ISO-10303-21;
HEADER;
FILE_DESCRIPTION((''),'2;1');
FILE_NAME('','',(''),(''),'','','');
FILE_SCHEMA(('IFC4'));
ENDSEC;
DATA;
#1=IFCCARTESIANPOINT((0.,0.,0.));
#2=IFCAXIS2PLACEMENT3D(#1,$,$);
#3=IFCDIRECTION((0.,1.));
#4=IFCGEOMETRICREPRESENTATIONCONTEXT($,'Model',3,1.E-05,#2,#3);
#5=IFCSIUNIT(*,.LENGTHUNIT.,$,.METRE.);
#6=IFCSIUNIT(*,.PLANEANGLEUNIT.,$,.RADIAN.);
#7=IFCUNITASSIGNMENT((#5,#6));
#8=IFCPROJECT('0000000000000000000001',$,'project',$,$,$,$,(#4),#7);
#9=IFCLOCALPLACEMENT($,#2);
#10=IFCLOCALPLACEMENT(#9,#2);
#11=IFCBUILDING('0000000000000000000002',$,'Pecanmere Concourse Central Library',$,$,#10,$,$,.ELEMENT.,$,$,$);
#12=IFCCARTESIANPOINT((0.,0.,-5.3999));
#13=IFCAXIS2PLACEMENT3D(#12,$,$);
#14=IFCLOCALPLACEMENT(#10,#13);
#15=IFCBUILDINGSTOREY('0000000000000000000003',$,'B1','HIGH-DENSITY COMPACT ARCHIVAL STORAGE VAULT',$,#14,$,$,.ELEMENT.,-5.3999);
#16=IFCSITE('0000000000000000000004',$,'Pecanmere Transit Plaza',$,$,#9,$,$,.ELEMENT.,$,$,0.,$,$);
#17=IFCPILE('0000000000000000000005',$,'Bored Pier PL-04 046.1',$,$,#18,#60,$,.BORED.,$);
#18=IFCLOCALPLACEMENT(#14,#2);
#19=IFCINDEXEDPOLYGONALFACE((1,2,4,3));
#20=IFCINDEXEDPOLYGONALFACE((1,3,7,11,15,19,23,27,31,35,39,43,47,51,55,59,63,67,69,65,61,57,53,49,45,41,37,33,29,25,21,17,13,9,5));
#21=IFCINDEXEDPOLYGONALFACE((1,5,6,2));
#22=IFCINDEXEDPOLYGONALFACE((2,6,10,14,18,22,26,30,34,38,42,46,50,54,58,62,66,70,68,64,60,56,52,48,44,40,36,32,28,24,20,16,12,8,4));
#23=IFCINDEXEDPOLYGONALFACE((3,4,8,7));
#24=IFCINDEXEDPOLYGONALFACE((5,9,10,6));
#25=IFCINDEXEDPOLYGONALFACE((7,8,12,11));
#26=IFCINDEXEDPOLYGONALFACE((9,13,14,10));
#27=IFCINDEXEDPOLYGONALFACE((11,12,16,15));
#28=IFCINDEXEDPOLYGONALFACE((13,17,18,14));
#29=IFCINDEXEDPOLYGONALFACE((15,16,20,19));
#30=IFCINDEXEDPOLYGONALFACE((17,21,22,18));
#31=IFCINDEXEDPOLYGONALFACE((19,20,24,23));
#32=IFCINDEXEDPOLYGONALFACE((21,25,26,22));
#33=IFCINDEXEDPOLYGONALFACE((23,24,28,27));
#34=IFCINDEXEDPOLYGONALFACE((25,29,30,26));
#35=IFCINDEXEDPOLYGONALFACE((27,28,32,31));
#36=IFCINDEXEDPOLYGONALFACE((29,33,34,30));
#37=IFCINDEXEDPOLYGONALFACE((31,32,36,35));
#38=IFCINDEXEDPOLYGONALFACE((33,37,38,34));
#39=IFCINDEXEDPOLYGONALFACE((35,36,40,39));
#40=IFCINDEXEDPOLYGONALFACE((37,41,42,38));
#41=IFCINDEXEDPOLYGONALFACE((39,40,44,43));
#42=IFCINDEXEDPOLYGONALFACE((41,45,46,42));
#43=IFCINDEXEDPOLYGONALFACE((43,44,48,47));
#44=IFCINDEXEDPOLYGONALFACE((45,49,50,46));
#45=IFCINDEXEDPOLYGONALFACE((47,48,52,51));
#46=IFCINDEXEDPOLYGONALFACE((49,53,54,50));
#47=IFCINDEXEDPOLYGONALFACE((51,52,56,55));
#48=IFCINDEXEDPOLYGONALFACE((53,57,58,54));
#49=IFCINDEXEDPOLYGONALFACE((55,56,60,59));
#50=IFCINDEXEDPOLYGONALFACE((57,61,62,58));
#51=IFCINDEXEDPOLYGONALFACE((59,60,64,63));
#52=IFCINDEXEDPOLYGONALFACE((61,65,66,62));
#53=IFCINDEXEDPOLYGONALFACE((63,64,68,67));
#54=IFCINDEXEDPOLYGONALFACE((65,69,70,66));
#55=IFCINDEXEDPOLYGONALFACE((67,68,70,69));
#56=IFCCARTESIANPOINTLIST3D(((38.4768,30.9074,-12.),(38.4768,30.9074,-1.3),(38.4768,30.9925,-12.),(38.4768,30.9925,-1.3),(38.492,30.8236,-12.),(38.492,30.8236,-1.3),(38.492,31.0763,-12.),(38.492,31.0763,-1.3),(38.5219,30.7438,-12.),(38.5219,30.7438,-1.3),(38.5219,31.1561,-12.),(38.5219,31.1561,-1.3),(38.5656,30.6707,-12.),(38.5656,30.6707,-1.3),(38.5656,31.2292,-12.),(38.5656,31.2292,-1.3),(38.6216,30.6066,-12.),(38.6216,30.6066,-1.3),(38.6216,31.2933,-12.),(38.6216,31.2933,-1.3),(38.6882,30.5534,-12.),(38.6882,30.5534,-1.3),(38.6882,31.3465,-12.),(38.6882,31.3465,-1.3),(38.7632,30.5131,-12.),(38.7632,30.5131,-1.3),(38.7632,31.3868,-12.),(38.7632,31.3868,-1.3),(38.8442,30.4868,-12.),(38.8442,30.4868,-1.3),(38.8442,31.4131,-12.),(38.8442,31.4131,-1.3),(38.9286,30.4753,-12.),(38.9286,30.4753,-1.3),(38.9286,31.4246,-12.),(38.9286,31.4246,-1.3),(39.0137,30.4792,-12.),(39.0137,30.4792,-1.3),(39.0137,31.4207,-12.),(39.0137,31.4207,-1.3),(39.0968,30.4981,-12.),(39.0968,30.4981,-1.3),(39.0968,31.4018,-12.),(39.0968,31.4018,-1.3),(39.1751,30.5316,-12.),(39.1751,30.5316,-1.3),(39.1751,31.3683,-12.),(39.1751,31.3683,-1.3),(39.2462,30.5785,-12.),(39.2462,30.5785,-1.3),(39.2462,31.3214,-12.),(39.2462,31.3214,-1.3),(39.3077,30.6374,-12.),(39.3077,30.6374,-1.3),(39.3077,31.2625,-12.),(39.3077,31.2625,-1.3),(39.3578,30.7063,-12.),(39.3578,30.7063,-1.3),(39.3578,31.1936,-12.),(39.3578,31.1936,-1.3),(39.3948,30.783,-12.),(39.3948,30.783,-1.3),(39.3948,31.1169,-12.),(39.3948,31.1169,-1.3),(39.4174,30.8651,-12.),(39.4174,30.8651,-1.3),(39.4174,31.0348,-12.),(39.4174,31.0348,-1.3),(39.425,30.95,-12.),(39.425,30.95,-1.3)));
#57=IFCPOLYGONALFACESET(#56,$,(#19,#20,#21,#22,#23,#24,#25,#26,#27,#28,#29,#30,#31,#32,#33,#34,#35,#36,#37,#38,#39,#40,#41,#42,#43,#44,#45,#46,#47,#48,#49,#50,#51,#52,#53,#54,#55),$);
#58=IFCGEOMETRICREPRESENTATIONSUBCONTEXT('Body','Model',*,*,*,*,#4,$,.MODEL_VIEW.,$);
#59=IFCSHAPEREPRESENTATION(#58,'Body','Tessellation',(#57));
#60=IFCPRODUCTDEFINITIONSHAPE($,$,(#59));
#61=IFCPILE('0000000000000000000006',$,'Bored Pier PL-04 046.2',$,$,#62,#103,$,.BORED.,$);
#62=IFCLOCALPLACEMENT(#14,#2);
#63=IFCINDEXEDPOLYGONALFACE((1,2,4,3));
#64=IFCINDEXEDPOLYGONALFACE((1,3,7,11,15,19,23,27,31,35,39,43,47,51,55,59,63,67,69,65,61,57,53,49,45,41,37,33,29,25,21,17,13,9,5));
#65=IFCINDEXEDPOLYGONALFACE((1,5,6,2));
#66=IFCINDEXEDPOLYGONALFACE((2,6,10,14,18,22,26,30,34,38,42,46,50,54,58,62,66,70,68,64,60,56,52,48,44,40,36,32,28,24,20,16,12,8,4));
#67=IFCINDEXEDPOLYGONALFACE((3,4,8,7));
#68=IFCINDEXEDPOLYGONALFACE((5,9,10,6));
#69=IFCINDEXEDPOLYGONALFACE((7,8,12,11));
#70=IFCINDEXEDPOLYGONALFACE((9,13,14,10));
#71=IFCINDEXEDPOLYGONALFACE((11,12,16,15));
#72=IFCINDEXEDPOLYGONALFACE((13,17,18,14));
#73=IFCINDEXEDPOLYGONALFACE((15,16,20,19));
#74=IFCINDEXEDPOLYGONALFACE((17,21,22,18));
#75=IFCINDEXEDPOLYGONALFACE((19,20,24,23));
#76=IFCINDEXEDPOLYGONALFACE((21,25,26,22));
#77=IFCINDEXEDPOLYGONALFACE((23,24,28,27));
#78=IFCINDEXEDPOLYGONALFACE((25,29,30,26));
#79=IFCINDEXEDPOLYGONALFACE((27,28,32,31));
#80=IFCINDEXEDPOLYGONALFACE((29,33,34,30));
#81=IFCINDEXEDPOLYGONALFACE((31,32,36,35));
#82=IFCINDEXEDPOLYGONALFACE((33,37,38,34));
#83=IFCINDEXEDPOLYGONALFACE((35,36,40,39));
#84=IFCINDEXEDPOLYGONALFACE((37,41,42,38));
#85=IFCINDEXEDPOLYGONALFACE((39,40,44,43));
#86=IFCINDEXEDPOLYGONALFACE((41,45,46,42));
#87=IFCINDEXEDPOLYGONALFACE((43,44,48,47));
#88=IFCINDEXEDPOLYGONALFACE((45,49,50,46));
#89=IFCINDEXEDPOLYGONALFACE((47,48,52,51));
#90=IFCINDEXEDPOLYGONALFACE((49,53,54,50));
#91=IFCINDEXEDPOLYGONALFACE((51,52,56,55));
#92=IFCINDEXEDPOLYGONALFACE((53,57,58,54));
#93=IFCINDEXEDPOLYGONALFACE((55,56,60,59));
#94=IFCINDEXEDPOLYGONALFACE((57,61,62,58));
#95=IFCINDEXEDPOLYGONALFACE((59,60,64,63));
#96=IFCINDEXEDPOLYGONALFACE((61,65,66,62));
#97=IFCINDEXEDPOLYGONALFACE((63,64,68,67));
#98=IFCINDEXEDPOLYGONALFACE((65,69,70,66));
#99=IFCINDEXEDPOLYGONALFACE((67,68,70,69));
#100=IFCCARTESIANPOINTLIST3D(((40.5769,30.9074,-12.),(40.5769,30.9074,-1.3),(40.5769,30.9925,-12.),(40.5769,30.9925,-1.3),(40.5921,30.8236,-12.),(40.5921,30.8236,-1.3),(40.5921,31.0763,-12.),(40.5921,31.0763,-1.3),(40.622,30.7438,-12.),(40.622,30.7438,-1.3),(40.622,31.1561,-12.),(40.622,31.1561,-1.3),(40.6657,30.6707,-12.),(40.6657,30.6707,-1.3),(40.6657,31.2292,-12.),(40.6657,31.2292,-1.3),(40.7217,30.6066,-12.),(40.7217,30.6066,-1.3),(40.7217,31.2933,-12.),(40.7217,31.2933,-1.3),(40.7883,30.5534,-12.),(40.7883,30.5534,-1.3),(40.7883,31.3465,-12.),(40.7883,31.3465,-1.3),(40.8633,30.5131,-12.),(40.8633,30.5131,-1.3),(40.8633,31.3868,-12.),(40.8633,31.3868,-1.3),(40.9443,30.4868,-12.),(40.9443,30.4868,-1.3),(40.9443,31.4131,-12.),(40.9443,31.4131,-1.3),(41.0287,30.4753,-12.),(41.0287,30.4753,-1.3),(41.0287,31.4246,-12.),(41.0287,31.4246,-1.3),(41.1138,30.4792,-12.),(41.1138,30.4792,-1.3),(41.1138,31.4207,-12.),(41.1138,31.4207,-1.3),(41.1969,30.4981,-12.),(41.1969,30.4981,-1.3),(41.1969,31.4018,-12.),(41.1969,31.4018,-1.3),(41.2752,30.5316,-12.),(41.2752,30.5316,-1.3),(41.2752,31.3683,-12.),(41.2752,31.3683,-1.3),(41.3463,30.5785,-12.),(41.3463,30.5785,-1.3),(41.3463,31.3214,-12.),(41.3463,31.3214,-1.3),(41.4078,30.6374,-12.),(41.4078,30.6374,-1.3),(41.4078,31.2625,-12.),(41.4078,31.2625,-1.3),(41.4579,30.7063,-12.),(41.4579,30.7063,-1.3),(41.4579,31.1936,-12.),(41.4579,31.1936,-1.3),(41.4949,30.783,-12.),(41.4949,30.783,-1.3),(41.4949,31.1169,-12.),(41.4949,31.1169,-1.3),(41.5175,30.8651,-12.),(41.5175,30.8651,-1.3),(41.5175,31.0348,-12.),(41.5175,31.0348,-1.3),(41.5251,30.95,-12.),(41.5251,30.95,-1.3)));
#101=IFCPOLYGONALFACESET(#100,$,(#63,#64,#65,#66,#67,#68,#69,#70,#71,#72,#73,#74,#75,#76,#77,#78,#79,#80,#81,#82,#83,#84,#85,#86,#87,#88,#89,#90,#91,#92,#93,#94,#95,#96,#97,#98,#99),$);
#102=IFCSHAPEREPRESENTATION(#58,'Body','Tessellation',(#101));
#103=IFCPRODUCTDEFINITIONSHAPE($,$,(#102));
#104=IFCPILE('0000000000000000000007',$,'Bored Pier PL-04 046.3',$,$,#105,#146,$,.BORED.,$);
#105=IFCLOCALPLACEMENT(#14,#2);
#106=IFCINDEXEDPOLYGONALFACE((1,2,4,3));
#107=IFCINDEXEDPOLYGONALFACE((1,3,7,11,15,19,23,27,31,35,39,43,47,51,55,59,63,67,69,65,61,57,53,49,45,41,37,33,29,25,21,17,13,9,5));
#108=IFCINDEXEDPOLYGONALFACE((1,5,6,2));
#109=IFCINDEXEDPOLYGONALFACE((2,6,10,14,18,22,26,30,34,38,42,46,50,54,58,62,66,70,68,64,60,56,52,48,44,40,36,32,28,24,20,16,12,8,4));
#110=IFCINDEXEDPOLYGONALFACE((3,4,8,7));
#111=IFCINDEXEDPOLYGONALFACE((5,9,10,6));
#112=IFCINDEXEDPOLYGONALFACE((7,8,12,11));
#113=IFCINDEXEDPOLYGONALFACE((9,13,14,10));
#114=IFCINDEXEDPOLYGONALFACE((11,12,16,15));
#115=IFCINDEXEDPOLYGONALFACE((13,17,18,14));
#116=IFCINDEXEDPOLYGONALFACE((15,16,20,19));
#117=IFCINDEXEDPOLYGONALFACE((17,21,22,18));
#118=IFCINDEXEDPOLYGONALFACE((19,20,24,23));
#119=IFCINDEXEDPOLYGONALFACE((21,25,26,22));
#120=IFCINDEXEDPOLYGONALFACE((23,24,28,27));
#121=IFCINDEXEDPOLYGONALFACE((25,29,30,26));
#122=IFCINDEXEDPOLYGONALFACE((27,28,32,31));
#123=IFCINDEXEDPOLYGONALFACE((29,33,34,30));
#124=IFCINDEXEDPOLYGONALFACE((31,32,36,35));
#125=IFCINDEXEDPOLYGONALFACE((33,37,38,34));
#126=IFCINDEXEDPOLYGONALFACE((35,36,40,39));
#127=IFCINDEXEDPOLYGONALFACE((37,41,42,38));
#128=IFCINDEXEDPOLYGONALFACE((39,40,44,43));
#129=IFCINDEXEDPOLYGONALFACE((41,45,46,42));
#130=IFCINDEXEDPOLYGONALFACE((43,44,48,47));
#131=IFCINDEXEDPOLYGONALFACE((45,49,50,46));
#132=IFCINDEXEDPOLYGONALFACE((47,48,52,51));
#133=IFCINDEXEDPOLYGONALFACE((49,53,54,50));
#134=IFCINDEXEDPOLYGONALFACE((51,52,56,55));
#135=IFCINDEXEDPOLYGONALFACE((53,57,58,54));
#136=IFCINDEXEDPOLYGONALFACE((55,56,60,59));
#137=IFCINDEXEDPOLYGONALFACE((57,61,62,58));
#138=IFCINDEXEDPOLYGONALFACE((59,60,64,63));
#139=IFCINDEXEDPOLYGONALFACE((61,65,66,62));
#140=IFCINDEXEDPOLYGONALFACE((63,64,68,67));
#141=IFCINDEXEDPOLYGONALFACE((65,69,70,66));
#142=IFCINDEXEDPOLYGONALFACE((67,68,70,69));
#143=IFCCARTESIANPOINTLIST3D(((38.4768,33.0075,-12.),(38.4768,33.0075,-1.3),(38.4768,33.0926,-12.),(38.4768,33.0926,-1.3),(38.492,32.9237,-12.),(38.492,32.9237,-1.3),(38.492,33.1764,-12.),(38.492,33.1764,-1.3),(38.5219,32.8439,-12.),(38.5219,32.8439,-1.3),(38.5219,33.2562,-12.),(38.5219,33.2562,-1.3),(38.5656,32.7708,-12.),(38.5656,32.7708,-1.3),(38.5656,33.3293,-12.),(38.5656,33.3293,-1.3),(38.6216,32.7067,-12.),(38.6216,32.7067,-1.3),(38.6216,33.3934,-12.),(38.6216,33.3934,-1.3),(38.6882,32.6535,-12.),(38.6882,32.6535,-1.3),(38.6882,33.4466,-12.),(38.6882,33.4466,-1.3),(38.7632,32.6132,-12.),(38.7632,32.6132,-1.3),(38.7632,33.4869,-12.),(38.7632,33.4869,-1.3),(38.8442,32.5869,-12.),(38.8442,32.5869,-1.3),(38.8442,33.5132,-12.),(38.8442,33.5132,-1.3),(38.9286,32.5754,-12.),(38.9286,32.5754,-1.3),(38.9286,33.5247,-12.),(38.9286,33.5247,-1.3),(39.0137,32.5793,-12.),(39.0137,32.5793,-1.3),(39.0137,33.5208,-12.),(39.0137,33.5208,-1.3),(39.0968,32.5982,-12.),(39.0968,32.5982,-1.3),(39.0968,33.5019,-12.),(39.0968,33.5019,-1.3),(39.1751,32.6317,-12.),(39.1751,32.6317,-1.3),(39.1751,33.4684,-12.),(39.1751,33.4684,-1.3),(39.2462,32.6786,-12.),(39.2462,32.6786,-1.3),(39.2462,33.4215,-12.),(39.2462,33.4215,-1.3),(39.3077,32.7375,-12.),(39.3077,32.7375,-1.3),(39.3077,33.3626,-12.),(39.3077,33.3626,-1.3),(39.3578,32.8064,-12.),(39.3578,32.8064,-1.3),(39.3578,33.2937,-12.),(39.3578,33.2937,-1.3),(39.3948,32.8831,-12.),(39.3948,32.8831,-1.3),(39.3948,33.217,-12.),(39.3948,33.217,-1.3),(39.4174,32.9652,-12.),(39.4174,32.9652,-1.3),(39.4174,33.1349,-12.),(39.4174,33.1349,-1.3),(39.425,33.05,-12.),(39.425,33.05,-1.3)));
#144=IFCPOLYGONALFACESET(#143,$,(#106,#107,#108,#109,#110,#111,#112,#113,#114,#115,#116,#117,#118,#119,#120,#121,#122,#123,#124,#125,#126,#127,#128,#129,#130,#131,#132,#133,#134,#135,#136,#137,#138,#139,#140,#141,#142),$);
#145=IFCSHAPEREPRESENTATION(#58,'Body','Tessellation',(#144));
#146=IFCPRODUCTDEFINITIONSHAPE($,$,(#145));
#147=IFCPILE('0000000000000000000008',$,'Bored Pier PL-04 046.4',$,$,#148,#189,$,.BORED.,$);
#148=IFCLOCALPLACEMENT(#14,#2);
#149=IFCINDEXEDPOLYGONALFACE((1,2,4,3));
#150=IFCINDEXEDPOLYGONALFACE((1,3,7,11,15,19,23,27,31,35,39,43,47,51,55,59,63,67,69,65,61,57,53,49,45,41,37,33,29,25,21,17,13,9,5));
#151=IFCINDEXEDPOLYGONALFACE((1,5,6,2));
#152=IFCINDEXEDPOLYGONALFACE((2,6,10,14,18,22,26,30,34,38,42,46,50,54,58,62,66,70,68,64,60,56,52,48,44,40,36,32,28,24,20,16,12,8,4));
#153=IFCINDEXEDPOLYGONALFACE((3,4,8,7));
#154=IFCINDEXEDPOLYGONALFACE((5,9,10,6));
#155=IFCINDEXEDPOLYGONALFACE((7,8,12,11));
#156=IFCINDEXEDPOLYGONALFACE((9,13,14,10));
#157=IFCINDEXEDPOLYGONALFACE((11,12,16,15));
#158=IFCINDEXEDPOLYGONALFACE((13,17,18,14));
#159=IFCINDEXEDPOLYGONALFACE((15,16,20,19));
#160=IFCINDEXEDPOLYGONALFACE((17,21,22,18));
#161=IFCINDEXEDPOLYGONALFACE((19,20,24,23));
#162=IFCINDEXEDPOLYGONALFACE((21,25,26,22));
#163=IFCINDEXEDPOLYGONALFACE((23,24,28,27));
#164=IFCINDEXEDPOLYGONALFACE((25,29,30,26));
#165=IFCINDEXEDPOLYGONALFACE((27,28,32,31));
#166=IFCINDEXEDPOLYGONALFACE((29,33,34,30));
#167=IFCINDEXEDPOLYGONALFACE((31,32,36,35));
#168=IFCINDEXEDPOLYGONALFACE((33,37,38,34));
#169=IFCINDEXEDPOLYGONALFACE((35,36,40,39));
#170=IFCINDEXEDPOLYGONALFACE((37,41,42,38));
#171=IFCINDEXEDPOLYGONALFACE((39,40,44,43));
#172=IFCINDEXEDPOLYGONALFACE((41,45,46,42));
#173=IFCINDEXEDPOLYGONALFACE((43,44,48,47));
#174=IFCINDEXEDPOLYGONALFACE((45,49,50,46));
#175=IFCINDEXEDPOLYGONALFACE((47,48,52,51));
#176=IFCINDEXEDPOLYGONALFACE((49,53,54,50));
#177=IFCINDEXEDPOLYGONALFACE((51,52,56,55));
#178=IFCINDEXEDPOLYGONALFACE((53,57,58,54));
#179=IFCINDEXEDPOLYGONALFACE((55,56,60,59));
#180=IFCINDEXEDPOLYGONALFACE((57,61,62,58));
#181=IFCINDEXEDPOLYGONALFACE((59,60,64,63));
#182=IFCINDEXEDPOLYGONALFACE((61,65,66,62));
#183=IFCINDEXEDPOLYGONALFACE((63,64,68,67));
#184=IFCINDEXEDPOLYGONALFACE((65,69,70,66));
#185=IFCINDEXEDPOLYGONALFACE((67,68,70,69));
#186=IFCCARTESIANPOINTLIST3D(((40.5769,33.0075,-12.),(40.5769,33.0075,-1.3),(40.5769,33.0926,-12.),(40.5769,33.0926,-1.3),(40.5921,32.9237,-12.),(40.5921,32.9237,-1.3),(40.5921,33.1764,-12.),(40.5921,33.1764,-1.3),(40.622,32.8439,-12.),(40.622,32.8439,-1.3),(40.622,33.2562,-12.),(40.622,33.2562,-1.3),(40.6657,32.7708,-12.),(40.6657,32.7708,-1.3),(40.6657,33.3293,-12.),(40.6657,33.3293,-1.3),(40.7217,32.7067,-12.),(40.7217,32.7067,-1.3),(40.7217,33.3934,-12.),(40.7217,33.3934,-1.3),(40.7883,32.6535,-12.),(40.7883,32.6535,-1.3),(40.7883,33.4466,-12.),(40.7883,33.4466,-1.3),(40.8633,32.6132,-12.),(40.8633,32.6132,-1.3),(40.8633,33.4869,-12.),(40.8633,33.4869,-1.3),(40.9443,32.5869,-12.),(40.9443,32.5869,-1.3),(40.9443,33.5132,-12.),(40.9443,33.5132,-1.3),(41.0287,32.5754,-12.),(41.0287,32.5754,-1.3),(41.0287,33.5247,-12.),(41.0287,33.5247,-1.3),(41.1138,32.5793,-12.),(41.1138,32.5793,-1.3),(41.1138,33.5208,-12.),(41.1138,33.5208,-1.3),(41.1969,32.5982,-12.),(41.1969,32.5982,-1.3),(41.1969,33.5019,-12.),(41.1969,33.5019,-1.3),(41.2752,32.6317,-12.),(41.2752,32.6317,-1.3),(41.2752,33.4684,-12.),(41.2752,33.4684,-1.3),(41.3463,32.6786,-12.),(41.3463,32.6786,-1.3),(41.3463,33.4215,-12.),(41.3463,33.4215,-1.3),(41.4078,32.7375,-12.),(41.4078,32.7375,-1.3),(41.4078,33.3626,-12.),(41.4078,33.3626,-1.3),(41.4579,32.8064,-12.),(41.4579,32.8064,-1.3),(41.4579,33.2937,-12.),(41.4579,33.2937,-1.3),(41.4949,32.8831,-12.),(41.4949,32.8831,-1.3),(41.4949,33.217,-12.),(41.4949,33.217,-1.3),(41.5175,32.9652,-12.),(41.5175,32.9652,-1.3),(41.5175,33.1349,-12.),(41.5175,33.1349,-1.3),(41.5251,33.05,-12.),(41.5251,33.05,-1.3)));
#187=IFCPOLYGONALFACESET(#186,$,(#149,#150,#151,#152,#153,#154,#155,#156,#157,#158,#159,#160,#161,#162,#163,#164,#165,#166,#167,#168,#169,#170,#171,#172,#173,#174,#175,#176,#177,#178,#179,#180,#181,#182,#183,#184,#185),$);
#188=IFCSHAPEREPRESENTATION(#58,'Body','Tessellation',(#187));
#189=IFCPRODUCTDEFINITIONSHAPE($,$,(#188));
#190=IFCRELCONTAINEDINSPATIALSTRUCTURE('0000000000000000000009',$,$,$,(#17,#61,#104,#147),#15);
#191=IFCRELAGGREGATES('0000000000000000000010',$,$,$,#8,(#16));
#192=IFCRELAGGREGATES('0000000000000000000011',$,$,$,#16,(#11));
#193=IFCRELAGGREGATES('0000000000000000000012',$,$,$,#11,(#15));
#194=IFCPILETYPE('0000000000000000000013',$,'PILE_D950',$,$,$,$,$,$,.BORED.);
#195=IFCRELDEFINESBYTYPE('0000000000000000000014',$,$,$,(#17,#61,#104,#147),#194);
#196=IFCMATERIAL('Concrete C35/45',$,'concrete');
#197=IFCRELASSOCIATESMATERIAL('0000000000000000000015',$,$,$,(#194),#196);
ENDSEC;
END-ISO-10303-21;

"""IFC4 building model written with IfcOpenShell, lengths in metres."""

from ifc_helpers import new_model, si_unit, direction, frame, origin, origin_2d, place, context, subcontext, project, spatial, circle, extrude, material, material_profile, profile_set, type_object, element, save


model = new_model("IFC4")

# Units and contexts
model_context = context("Model", 3, precision=1e-05, world=origin(), true_north=direction((0.0, 1.0)))
body_context = subcontext(model_context, "Body", "Model", "MODEL_VIEW")
ifc_project = project(units=[si_unit("LENGTHUNIT", "METRE"), si_unit("PLANEANGLEUNIT", "RADIAN")], contexts=[model_context])

# Site, building, storey
site_placement = place(None, origin())
site = spatial("IfcSite", under=ifc_project, at=site_placement, Name="Pecanmere Transit Plaza", CompositionType="ELEMENT", RefElevation=0.0)
building_placement = place(site_placement, origin())
building = spatial("IfcBuilding", under=site, at=building_placement, Name="Pecanmere Concourse Central Library", CompositionType="ELEMENT")
storey_placement = place(building_placement, frame((0.0, 0.0, -5.3999)))
storey = spatial("IfcBuildingStorey", under=building, at=storey_placement, Name="B1", Description="HIGH-DENSITY COMPACT ARCHIVAL STORAGE VAULT", CompositionType="ELEMENT", Elevation=-5.3999)

# Piles
ifc_material_1 = material(Name="Concrete C35/45", Category="concrete")
ifc_material_profile_1 = material_profile(ifc_material_1, circle(Radius=0.4751, at=origin_2d()), Name="PIER D950")
ifc_profile_set_1 = profile_set([ifc_material_profile_1], Name="Concrete C35/45")
pile_type = type_object("IfcPileType", Name="PILE_D950", PredefinedType="BORED", material=ifc_profile_set_1)
for number, where, z_axis, x_axis, name in (
    (1, (38.95, 30.95, -1.3), (0.0, 0.0, -1.0), (1.0, 0.0, 0.0), "Bored Pier PL-04 046.1"),
    (2, (41.05, 30.95, -1.3), (0.0, 0.0, -1.0), (1.0, 0.0, 0.0), "Bored Pier PL-04 046.2"),
    (3, (38.95, 33.05, -1.3), (0.0, 0.0, -1.0), (1.0, 0.0, 0.0), "Bored Pier PL-04 046.3"),
    (4, (41.05, 33.05, -1.3), (0.0, 0.0, -1.0), (1.0, 0.0, 0.0), "Bored Pier PL-04 046.4"),
):
    element("IfcPile", number, at=place(storey_placement, frame(where, z_axis=z_axis, x_axis=x_axis)), inside=storey, type_object=pile_type, Name=name, PredefinedType="BORED", context=body_context, shape_type="SweptSolid", body=[
        extrude(circle(Radius=0.4751, at=origin_2d()), origin(), (0.0, 0.0, 1.0), 10.7),
    ])

save(model, "model.ifc")
